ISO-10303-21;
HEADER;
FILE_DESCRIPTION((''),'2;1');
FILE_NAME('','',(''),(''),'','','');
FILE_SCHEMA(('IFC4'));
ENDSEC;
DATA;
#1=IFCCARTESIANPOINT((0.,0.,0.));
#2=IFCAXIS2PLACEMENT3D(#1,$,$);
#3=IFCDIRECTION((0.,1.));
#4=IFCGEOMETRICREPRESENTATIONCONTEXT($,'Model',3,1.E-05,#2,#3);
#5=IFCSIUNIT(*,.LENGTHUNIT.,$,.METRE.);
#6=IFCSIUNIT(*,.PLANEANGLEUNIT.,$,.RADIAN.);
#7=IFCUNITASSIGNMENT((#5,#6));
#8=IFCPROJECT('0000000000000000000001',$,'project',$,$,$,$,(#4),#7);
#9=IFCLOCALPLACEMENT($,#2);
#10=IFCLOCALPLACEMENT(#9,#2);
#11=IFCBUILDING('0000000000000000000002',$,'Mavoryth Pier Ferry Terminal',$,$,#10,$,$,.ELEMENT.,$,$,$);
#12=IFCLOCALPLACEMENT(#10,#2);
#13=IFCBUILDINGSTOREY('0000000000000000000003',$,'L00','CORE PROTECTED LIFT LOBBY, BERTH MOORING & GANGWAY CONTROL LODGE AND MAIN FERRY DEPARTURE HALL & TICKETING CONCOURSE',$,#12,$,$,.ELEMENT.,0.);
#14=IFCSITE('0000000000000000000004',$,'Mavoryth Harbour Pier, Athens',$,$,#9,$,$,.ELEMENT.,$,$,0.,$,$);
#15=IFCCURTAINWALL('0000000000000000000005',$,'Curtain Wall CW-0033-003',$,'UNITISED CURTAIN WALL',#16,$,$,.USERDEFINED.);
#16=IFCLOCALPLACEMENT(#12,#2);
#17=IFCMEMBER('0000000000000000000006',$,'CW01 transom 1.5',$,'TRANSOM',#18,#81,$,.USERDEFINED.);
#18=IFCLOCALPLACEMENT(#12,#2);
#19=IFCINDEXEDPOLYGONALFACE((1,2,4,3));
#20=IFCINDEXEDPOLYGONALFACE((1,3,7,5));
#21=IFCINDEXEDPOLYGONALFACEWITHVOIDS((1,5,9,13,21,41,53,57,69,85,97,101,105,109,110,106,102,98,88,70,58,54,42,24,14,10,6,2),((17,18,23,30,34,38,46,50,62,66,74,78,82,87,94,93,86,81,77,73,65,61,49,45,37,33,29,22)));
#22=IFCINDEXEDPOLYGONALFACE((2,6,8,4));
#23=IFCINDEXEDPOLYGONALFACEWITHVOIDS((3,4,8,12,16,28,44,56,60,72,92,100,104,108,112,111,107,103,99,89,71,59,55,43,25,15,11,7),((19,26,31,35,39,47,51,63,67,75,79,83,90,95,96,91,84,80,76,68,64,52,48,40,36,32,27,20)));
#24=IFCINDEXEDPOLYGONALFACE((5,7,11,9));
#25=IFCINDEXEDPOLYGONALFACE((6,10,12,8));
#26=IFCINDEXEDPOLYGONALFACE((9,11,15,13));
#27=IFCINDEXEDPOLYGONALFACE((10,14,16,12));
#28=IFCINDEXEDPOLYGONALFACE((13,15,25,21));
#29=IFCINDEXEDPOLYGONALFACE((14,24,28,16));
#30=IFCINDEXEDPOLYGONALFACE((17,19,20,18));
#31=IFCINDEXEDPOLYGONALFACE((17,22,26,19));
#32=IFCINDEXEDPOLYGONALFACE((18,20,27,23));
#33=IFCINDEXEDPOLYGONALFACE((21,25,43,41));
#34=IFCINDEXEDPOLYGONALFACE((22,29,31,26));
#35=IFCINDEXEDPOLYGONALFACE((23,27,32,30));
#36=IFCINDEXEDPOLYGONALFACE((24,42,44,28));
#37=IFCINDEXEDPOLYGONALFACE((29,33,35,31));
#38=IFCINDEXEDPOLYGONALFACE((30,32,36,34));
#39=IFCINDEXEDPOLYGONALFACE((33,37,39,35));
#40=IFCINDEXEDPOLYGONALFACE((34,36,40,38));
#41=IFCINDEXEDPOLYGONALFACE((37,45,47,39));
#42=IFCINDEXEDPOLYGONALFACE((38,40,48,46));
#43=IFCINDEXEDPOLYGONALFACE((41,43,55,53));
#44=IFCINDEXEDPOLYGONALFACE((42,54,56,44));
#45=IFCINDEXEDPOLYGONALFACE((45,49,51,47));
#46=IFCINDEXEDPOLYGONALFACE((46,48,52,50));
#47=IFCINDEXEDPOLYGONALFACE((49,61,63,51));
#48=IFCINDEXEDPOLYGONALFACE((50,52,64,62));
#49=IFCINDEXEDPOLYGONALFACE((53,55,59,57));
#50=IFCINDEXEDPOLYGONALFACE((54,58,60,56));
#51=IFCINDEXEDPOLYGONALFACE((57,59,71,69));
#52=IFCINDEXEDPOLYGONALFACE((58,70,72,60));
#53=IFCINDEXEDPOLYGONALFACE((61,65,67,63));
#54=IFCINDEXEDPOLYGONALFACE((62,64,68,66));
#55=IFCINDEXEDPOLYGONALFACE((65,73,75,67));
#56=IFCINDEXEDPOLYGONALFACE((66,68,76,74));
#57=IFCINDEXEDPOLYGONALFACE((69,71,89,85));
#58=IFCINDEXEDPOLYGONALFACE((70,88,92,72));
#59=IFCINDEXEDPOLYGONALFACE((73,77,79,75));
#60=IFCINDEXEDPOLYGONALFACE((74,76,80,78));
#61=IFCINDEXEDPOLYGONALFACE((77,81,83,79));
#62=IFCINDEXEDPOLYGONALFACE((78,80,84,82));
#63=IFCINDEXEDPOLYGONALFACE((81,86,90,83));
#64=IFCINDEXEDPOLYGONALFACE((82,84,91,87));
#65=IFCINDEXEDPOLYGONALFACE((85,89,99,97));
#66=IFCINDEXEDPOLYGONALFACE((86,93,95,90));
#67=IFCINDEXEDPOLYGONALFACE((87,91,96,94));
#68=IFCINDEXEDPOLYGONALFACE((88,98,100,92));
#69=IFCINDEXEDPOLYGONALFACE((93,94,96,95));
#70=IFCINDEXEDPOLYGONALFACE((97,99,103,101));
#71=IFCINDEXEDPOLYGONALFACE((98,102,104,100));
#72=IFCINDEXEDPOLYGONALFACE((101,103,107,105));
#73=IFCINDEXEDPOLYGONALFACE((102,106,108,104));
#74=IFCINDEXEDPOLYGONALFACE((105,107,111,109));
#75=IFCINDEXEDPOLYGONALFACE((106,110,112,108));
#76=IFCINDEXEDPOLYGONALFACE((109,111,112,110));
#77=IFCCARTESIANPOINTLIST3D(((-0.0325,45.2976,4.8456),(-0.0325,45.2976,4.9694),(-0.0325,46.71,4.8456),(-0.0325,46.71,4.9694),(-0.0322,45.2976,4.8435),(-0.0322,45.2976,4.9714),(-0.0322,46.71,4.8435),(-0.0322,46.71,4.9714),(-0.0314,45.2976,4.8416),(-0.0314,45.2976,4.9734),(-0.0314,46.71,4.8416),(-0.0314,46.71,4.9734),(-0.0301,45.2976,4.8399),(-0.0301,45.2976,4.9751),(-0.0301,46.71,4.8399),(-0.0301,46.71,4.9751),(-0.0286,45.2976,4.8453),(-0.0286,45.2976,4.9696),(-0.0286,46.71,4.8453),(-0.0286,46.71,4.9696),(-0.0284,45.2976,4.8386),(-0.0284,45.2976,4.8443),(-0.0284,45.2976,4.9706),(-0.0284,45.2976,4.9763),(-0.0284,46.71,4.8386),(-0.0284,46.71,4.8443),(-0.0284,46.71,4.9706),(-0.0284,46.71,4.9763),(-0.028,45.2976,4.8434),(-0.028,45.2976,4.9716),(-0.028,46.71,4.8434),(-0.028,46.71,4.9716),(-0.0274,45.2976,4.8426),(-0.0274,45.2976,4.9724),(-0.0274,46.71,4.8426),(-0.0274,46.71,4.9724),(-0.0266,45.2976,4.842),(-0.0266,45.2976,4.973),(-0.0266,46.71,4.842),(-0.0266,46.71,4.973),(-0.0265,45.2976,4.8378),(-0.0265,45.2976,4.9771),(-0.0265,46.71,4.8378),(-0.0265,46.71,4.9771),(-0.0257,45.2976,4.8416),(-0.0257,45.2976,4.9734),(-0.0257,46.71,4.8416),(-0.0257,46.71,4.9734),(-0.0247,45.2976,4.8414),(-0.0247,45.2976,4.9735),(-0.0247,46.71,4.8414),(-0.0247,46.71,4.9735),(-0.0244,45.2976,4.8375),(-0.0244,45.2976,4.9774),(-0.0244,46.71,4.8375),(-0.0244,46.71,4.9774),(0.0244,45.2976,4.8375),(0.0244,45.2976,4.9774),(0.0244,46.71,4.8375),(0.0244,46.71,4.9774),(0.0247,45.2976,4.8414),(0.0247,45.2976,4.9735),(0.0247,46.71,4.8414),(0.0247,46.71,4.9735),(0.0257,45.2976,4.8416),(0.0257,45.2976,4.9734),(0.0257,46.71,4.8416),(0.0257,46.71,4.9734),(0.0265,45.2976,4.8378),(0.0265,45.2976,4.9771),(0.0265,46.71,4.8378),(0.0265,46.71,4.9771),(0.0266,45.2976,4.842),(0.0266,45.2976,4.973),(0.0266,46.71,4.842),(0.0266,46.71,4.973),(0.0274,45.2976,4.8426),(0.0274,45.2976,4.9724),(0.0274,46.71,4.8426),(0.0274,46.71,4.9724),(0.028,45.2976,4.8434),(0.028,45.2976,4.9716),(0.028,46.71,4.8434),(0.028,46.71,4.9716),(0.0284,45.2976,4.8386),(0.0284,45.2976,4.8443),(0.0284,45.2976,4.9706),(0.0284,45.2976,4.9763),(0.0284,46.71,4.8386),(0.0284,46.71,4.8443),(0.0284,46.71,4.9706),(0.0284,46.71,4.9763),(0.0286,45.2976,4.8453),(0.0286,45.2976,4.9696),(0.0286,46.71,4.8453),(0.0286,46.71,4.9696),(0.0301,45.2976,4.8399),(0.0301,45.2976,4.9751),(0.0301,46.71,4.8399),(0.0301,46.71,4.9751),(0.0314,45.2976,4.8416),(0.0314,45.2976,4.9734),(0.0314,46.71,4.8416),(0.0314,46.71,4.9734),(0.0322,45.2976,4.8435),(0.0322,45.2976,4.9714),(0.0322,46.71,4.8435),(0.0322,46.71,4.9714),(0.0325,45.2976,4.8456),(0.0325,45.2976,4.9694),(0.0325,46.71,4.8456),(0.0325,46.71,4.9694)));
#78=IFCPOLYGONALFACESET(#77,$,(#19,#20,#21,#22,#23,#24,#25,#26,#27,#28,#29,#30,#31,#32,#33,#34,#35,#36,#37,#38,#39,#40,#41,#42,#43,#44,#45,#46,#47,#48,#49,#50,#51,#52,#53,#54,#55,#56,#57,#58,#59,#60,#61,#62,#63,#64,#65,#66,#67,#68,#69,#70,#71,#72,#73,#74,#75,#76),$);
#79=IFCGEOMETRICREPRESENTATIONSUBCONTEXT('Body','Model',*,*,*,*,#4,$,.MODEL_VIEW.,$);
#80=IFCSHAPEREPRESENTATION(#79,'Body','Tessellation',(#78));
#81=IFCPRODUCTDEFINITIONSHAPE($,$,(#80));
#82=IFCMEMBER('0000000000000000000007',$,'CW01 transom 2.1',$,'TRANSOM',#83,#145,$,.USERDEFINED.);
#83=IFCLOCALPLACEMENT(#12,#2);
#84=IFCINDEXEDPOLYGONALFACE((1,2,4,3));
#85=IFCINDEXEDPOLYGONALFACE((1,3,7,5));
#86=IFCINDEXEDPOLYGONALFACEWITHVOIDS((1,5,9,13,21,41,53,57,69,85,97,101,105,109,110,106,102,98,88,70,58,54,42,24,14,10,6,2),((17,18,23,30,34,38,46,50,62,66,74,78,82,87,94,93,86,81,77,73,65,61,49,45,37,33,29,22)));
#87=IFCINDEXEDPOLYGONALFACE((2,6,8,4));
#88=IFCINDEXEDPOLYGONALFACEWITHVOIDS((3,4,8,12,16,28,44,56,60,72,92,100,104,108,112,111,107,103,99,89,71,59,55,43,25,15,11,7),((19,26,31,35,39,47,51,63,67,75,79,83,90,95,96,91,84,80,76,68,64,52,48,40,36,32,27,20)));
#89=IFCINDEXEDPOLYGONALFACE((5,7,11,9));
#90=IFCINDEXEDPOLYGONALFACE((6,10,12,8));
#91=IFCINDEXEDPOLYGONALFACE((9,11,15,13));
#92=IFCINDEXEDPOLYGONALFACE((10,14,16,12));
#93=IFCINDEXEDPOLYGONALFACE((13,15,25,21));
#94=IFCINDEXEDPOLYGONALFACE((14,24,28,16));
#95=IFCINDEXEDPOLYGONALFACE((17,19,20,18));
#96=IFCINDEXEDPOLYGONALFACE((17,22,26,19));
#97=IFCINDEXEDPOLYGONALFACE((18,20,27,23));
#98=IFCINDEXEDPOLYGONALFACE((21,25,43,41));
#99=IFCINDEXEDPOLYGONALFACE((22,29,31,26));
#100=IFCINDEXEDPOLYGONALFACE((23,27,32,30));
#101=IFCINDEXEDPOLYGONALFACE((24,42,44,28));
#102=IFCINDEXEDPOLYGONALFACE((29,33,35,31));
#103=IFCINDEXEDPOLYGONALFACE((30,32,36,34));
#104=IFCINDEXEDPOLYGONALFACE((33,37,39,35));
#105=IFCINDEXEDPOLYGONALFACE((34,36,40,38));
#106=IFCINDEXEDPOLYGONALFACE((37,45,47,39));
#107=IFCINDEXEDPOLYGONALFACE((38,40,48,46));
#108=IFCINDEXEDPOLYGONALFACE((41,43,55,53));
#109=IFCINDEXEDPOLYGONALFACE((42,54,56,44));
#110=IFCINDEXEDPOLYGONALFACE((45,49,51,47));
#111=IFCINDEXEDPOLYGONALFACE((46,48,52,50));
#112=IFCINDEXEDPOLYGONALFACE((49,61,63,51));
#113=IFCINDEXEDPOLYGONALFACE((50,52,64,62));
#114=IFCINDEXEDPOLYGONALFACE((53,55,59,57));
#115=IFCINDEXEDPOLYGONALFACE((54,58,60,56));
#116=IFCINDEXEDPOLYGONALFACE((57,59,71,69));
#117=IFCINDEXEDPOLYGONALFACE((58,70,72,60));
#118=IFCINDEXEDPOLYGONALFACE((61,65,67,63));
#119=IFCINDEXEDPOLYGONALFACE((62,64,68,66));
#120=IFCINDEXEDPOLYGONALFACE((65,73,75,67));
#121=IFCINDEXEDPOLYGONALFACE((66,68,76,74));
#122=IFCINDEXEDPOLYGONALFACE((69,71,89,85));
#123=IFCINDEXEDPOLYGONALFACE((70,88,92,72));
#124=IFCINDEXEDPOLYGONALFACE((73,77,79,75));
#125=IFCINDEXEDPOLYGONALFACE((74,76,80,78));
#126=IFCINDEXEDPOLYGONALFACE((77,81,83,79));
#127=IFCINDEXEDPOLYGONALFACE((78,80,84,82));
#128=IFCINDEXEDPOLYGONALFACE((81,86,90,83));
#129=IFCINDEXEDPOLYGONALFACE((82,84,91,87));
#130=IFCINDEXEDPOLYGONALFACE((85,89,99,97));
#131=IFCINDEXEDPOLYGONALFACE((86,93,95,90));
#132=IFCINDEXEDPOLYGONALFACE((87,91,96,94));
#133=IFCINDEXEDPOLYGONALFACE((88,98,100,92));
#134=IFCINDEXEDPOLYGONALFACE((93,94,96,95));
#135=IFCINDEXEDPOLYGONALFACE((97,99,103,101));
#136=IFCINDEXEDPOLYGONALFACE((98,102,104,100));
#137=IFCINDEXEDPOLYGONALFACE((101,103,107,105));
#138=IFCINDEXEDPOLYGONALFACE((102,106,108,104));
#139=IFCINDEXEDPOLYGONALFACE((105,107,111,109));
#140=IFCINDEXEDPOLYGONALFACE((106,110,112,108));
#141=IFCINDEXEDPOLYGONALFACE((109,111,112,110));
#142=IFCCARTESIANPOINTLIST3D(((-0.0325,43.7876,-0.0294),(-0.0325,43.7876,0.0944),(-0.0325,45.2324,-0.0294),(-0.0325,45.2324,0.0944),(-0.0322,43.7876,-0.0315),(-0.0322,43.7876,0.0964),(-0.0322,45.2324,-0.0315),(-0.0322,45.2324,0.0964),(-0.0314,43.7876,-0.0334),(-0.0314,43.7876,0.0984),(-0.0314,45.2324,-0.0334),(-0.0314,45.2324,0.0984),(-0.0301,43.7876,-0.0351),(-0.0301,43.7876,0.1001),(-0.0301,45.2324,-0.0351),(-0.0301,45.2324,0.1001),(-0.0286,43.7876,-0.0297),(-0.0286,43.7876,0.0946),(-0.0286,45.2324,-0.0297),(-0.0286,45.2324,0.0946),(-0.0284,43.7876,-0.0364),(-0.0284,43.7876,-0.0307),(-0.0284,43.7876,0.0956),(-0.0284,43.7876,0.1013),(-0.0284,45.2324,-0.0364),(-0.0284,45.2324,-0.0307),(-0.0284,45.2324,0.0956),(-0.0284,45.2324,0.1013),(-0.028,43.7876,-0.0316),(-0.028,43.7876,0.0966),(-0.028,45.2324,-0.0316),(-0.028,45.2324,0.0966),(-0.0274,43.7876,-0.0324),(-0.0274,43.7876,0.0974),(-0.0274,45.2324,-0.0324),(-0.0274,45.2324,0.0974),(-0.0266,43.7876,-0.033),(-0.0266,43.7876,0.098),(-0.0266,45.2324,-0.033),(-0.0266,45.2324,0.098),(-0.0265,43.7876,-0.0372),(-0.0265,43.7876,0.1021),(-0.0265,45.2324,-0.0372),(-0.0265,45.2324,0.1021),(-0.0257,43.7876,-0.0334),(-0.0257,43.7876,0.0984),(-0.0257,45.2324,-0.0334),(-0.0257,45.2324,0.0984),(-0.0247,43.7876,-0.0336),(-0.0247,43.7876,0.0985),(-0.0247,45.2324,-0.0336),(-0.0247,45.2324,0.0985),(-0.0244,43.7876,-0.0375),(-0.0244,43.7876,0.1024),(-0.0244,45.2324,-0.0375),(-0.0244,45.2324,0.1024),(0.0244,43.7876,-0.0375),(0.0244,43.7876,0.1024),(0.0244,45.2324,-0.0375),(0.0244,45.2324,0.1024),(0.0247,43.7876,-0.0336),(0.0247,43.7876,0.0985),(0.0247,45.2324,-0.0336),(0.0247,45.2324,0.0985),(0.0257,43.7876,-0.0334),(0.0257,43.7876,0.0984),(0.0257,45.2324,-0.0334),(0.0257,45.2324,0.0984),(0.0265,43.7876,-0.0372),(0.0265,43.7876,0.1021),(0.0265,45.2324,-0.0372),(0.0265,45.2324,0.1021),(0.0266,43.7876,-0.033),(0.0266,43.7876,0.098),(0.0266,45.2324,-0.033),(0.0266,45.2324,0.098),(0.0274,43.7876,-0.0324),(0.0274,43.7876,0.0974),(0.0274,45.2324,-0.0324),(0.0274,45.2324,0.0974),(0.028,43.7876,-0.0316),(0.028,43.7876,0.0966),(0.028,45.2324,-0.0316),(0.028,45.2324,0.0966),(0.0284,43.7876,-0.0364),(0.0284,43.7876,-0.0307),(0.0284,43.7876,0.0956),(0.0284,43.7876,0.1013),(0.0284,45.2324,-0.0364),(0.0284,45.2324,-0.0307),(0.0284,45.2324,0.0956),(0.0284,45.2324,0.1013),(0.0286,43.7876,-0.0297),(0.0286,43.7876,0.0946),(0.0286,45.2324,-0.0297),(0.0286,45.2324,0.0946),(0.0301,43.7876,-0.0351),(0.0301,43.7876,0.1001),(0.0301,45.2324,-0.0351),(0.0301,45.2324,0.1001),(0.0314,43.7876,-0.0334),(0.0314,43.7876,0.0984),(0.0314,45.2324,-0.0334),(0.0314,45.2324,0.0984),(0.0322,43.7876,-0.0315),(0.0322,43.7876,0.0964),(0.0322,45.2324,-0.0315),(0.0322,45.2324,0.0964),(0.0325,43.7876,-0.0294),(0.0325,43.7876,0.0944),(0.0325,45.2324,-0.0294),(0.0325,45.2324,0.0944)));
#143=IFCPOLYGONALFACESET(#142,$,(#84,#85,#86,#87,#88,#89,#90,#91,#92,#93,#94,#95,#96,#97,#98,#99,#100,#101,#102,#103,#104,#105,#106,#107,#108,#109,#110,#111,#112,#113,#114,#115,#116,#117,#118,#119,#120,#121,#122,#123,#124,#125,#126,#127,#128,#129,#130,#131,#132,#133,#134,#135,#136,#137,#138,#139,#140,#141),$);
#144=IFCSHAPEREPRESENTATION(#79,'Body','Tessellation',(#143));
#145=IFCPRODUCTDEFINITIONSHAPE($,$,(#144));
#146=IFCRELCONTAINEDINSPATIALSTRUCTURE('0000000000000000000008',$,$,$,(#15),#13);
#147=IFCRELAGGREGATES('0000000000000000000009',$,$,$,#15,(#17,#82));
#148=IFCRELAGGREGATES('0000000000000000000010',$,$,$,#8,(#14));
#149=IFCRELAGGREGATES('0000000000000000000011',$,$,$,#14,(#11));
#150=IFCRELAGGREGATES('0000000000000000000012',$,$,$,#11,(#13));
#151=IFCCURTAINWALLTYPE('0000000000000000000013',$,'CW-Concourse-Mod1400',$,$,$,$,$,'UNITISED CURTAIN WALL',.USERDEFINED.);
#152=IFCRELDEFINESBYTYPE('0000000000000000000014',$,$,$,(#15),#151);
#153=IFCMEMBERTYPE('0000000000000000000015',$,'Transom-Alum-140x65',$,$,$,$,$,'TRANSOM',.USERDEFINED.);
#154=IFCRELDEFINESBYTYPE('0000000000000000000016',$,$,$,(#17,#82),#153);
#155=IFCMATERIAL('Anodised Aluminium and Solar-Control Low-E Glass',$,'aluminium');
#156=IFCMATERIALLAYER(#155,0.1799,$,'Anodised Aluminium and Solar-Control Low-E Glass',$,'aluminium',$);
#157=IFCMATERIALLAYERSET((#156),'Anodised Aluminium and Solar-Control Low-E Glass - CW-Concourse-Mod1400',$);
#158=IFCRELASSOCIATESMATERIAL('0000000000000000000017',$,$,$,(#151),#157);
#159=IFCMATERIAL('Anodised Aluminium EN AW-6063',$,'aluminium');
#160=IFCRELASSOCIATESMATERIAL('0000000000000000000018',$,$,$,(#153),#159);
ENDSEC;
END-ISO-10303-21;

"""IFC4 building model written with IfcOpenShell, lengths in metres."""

from ifc_helpers import new_model, si_unit, direction, frame, origin, origin_2d, place, context, subcontext, project, spatial, hollow_rectangle, extrude, material, layer, layer_set, material_profile, profile_set, type_object, element, aggregate, save


model = new_model("IFC4")

# Units and contexts
model_context = context("Model", 3, precision=1e-05, world=origin(), true_north=direction((0.0, 1.0)))
body_context = subcontext(model_context, "Body", "Model", "MODEL_VIEW")
ifc_project = project(units=[si_unit("LENGTHUNIT", "METRE"), si_unit("PLANEANGLEUNIT", "RADIAN")], contexts=[model_context])

# Site, building, storey
site_placement = place(None, origin())
site = spatial("IfcSite", under=ifc_project, at=site_placement, Name="Mavoryth Harbour Pier, Athens", CompositionType="ELEMENT", RefElevation=0.0)
building_placement = place(site_placement, origin())
building = spatial("IfcBuilding", under=site, at=building_placement, Name="Mavoryth Pier Ferry Terminal", CompositionType="ELEMENT")
storey_placement = place(building_placement, origin())
storey = spatial("IfcBuildingStorey", under=building, at=storey_placement, Name="L00", Description="CORE PROTECTED LIFT LOBBY, BERTH MOORING & GANGWAY CONTROL LODGE AND MAIN FERRY DEPARTURE HALL & TICKETING CONCOURSE", CompositionType="ELEMENT", Elevation=0.0)

# Curtain wall
ifc_material_1 = material(Name="Anodised Aluminium and Solar-Control Low-E Glass", Category="aluminium")
ifc_layer_1 = layer(ifc_material_1, 0.1799, Name="Anodised Aluminium and Solar-Control Low-E Glass", Category="aluminium")
ifc_layer_set_1 = layer_set([ifc_layer_1], Name="Anodised Aluminium and Solar-Control Low-E Glass - CW-Concourse-Mod1400")
curtain_wall_type = type_object("IfcCurtainWallType", Name="CW-Concourse-Mod1400", ElementType="UNITISED CURTAIN WALL", PredefinedType="USERDEFINED", material=ifc_layer_set_1)
curtain_wall_1_placement = place(storey_placement, origin())
curtain_wall_1 = element("IfcCurtainWall", 1, at=curtain_wall_1_placement, inside=storey, type_object=curtain_wall_type, Name="Curtain Wall CW-0033-003", ObjectType="UNITISED CURTAIN WALL", PredefinedType="USERDEFINED")
ifc_material_2 = material(Name="Anodised Aluminium EN AW-6063", Category="aluminium")

# Members
ifc_material_profile_1 = material_profile(ifc_material_2, hollow_rectangle(XDim=0.0649, YDim=0.1399, WallThickness=0.0039, InnerFilletRadius=0.0039, OuterFilletRadius=0.0081, at=origin_2d()), Name="AL-TRAN 140x65x4", Category="aluminium")
ifc_profile_set_1 = profile_set([ifc_material_profile_1], Name="Anodised Aluminium EN AW-6063 - AL-TRAN 140x65x4")
member_type_1 = type_object("IfcMemberType", Name="Transom-Alum-140x65", ElementType="TRANSOM", PredefinedType="USERDEFINED", material=ifc_profile_set_1)
member_1_placement = place(storey_placement, frame((0.0, 46.71, 4.9075), z_axis=(0.0, -1.0, 0.0), x_axis=(1.0, 0.0, 0.0)))
member_1 = element("IfcMember", 2, at=member_1_placement, type_object=member_type_1, Name="CW01 transom 1.5", ObjectType="TRANSOM", PredefinedType="USERDEFINED", context=body_context, shape_type="SweptSolid", body=[
    extrude(hollow_rectangle(XDim=0.0649, YDim=0.1399, WallThickness=0.0039, InnerFilletRadius=0.0039, OuterFilletRadius=0.0081, at=origin_2d()), origin(), (0.0, 0.0, 1.0), 1.4124),
])
member_2_placement = place(storey_placement, frame((0.0, 45.2324, 0.0325), z_axis=(0.0, -1.0, 0.0), x_axis=(1.0, 0.0, 0.0)))
member_2 = element("IfcMember", 3, at=member_2_placement, type_object=member_type_1, Name="CW01 transom 2.1", ObjectType="TRANSOM", PredefinedType="USERDEFINED", context=body_context, shape_type="SweptSolid", body=[
    extrude(hollow_rectangle(XDim=0.0649, YDim=0.1399, WallThickness=0.0039, InnerFilletRadius=0.0039, OuterFilletRadius=0.0081, at=origin_2d()), origin(), (0.0, 0.0, 1.0), 1.4448),
])

aggregate(curtain_wall_1, [member_1, member_2])

save(model, "model.ifc")
